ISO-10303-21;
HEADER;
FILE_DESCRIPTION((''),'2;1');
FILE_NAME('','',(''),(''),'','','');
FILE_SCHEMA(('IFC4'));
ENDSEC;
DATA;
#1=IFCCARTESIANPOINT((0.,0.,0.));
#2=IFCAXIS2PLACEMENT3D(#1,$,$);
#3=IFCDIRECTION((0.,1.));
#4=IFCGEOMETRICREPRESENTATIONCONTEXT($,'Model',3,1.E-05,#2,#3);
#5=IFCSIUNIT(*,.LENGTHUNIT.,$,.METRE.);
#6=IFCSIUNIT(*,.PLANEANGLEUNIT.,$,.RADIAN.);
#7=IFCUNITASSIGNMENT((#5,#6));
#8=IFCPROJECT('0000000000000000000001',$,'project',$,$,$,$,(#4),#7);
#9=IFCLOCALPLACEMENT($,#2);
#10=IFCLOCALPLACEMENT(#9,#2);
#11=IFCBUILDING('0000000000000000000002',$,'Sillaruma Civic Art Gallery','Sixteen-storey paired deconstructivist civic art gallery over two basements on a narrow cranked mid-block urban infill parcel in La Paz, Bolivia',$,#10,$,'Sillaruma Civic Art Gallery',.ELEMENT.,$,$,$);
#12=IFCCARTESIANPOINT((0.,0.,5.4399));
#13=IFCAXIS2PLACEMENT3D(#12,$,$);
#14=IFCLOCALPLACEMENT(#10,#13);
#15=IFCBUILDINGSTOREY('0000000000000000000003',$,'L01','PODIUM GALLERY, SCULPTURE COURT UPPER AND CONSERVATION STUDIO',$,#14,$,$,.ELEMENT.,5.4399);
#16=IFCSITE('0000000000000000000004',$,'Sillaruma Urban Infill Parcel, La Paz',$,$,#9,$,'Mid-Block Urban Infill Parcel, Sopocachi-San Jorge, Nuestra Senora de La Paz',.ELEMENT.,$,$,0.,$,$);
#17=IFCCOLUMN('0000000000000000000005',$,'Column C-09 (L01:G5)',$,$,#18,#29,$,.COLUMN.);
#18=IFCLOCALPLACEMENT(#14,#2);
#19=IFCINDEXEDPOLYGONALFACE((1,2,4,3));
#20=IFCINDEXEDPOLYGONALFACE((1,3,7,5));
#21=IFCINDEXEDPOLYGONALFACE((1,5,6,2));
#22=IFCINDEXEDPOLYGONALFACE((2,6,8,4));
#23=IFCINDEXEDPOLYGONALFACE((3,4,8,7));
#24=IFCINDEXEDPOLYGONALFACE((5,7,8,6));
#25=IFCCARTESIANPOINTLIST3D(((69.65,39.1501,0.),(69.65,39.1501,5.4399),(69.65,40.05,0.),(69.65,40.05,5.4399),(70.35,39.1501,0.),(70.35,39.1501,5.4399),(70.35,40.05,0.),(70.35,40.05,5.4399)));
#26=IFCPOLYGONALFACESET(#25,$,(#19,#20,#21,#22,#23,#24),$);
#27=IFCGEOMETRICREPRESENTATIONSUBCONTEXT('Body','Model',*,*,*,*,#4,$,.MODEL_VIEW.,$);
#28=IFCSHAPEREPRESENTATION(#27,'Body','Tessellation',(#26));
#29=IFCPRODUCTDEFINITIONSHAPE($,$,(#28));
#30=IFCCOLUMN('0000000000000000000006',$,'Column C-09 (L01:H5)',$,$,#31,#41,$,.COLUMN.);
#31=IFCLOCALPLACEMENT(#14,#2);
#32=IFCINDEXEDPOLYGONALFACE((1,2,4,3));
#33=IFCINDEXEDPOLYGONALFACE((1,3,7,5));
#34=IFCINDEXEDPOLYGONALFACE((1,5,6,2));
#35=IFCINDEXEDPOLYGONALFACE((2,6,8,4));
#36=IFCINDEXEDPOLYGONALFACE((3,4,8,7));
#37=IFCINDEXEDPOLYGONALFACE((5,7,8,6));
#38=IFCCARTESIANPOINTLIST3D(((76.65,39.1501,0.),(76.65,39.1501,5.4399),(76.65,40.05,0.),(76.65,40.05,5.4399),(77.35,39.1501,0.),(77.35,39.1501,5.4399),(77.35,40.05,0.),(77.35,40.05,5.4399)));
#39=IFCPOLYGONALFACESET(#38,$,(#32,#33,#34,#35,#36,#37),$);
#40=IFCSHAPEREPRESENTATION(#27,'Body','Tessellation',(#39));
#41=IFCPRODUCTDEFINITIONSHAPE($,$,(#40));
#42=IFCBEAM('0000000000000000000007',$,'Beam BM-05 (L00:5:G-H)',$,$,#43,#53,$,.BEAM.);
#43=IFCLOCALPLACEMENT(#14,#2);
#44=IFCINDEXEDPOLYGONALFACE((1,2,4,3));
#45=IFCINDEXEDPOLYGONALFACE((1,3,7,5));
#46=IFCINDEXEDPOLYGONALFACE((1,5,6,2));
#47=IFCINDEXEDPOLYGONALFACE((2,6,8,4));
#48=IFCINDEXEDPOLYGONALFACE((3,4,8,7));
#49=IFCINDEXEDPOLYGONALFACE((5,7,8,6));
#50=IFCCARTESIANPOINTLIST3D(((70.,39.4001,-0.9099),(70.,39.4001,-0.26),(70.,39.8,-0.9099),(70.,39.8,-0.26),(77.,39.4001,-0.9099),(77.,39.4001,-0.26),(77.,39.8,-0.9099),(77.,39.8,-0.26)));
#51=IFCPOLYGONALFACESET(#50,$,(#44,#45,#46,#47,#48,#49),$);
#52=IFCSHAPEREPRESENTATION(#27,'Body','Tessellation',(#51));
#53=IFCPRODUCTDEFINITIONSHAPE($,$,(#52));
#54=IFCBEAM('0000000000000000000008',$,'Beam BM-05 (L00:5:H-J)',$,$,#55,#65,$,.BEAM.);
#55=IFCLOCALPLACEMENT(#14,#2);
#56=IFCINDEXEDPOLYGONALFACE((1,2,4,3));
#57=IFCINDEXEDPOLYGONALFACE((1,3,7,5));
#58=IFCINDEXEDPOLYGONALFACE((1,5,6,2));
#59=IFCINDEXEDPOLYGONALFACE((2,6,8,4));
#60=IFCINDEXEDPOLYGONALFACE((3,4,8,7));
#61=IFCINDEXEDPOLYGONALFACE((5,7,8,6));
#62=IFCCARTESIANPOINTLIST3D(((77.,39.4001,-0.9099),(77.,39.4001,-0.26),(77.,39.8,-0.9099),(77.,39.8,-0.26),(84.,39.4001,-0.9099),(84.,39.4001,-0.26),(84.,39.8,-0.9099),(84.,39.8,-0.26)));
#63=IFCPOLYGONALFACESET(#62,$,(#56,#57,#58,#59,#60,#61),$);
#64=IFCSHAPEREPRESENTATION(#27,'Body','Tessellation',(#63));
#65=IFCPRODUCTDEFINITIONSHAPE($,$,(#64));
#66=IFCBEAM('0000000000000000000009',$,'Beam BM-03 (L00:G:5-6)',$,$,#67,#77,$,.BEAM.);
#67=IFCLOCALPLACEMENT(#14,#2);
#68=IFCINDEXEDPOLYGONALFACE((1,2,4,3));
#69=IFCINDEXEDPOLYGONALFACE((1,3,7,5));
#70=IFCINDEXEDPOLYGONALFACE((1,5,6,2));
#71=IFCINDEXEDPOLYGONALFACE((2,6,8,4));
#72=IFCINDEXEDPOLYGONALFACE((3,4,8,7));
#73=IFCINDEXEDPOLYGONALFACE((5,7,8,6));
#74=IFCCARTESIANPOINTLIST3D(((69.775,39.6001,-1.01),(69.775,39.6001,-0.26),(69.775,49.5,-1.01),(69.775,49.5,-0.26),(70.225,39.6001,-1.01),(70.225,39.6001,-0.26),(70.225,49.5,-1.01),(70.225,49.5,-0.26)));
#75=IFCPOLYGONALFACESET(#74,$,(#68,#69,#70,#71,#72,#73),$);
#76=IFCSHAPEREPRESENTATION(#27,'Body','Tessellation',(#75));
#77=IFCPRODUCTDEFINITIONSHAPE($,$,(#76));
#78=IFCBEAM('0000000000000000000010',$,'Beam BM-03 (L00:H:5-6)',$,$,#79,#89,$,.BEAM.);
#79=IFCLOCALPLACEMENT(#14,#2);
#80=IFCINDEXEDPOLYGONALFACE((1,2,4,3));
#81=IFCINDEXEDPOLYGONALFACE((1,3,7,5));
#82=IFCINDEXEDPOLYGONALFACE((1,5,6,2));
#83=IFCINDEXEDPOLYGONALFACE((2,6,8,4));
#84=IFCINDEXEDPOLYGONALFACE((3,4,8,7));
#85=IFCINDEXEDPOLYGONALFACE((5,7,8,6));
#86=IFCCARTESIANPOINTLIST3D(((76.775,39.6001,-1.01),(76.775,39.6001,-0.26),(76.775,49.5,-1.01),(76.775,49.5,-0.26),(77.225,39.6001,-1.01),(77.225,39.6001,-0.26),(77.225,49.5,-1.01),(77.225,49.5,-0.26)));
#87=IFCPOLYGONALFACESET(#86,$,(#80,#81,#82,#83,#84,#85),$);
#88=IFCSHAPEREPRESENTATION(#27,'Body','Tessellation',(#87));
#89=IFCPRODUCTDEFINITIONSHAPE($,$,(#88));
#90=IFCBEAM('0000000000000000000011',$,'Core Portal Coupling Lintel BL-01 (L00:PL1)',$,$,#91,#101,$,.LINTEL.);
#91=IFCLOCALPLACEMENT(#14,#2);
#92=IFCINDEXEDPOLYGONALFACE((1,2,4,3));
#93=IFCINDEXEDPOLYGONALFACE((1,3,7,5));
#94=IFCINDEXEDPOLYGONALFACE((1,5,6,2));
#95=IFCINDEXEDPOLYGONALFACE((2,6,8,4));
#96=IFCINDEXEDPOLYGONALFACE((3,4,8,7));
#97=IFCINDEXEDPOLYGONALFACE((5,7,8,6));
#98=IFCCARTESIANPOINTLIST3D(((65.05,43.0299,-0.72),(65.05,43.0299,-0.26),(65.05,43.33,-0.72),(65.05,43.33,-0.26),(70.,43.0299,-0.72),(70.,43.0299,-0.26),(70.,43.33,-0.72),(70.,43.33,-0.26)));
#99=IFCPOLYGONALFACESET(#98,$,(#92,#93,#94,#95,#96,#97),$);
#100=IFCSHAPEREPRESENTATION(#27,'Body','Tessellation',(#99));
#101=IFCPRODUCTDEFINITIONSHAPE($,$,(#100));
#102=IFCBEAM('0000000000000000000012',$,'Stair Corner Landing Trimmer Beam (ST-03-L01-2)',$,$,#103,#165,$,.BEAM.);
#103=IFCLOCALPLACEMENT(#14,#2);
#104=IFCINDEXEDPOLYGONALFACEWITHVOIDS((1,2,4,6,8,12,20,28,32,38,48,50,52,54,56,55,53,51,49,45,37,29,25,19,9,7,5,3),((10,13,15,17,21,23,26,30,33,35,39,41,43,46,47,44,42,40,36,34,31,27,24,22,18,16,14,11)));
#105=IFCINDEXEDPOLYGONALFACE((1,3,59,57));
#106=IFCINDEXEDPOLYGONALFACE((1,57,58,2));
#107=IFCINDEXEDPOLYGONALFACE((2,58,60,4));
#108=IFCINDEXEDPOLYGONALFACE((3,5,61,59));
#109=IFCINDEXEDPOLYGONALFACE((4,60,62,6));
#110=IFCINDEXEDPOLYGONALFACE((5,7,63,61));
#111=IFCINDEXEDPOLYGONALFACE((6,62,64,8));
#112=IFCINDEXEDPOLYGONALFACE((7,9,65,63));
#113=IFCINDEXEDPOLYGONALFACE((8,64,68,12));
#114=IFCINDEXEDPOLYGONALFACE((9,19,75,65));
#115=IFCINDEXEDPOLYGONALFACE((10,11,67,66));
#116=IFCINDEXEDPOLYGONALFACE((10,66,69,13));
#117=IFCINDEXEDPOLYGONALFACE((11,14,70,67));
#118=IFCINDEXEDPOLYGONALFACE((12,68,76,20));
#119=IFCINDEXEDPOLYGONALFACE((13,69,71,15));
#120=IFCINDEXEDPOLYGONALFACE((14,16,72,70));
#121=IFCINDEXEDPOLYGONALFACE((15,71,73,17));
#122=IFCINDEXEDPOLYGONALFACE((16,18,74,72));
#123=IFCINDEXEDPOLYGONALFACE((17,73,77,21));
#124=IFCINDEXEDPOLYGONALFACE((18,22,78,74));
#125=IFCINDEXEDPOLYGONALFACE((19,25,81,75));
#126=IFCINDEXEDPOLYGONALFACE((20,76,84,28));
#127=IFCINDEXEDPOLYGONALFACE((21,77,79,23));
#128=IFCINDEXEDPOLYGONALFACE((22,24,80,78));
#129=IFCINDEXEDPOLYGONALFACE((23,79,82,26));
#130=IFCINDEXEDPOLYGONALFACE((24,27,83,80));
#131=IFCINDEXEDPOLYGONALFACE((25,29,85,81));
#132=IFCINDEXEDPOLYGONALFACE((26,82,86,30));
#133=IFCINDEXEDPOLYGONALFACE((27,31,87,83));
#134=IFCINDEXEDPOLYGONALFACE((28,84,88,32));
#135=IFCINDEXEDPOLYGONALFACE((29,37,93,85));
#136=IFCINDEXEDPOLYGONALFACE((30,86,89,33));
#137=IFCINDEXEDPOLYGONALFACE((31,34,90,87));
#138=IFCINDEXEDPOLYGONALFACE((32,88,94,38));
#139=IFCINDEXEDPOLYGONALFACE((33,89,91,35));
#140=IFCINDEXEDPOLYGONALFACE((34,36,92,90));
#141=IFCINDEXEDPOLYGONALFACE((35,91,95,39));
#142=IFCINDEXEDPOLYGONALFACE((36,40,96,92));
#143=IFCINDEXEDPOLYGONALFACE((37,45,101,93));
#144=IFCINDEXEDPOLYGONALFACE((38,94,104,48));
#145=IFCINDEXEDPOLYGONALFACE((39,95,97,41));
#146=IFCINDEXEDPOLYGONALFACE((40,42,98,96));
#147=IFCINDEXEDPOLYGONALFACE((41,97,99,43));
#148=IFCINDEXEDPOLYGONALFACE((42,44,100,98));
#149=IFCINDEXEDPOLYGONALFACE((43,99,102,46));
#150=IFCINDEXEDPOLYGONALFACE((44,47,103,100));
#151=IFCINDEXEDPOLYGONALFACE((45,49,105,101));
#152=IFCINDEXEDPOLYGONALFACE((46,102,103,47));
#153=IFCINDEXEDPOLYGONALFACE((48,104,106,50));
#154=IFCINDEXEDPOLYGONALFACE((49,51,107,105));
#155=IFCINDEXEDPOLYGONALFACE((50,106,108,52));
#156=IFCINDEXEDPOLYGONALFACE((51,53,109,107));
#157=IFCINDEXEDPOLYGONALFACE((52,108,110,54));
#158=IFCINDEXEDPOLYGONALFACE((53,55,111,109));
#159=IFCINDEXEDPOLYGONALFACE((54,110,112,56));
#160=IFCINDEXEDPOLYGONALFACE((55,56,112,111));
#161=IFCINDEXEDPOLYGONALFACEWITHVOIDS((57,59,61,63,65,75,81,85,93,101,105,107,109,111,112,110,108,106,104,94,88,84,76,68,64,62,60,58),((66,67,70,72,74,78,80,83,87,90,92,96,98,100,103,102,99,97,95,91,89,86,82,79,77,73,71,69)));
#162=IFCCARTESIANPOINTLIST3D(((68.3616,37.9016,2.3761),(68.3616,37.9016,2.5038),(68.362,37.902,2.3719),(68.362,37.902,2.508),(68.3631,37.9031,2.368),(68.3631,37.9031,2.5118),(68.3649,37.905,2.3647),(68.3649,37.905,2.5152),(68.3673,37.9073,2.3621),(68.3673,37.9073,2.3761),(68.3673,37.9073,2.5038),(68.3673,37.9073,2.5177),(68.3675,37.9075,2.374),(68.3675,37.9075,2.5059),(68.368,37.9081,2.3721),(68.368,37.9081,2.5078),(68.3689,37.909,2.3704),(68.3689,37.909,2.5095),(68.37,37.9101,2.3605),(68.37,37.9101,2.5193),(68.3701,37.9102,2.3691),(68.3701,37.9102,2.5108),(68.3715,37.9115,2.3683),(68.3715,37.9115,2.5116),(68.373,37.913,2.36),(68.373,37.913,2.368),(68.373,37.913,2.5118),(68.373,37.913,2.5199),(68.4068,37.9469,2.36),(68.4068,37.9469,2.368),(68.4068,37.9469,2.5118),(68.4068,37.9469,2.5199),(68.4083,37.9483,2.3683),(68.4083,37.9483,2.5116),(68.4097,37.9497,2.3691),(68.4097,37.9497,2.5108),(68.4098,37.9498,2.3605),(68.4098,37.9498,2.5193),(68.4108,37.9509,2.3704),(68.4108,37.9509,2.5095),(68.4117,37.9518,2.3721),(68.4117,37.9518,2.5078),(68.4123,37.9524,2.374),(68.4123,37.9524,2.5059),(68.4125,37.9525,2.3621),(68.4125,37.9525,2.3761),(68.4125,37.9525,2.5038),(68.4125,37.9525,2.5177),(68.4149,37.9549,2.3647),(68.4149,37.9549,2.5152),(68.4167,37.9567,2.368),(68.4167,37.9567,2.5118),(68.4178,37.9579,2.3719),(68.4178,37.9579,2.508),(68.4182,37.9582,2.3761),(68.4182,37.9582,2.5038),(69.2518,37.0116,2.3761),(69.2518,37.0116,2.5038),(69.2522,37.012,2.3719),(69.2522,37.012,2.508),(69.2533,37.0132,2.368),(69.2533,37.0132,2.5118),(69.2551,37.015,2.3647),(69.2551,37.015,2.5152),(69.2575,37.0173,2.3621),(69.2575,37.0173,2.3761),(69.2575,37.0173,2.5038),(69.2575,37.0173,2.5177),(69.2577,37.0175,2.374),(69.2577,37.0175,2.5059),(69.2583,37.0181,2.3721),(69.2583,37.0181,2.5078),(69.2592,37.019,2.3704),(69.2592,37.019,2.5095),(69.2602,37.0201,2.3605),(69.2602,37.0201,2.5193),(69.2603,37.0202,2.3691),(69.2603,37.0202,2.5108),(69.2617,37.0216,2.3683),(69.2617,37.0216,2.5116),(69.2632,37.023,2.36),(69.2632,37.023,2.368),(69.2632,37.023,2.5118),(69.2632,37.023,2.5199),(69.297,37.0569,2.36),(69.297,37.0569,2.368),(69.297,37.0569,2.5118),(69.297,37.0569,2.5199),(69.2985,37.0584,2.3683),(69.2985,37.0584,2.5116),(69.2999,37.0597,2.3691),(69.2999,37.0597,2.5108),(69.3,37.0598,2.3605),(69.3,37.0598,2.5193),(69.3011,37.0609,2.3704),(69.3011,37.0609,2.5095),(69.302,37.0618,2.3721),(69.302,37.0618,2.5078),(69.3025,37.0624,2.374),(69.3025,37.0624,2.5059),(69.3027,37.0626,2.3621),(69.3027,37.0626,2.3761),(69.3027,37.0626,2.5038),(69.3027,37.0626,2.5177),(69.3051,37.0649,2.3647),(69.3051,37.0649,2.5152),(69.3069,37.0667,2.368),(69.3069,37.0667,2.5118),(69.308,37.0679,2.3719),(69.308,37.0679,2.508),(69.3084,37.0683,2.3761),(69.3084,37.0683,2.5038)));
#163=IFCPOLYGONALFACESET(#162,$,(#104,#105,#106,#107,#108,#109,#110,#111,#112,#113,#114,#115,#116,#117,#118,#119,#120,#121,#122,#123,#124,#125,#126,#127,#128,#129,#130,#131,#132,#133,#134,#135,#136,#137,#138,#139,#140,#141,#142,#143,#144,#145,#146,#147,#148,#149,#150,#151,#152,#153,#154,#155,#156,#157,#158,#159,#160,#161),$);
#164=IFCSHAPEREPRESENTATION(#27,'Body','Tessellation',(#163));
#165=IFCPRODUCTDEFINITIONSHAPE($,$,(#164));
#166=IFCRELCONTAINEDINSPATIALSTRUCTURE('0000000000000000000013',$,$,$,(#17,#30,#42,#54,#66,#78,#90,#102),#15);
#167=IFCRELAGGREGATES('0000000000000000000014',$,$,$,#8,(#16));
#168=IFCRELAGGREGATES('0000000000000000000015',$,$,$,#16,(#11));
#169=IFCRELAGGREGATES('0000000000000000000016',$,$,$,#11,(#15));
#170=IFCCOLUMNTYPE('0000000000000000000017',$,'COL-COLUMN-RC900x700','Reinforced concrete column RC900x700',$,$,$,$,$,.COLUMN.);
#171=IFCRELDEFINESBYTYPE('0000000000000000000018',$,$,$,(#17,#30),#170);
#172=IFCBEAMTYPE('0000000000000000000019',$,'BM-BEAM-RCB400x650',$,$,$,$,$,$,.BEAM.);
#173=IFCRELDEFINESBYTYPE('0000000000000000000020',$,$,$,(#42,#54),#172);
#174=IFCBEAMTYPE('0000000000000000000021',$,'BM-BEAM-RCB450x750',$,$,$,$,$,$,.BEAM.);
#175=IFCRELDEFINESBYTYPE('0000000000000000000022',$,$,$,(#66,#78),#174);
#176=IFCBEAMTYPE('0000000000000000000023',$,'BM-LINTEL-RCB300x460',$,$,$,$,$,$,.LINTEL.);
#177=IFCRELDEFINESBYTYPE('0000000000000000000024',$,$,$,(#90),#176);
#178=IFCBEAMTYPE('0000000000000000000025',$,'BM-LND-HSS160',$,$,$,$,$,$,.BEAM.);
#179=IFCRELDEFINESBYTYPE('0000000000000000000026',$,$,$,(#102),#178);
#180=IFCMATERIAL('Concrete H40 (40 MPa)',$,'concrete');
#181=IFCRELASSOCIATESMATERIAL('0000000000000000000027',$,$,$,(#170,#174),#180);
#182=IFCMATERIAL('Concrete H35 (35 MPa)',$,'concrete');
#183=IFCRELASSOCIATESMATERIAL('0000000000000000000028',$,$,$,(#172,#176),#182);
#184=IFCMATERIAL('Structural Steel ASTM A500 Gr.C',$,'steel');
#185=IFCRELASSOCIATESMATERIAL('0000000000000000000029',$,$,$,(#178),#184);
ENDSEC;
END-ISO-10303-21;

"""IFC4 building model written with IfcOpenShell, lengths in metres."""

from ifc_helpers import new_model, si_unit, direction, frame, origin, origin_2d, place, context, subcontext, project, spatial, rectangle, hollow_rectangle, extrude, material, material_profile, profile_set, type_object, element, save


model = new_model("IFC4")

# Units and contexts
model_context = context("Model", 3, precision=1e-05, world=origin(), true_north=direction((0.0, 1.0)))
body_context = subcontext(model_context, "Body", "Model", "MODEL_VIEW")
ifc_project = project(units=[si_unit("LENGTHUNIT", "METRE"), si_unit("PLANEANGLEUNIT", "RADIAN")], contexts=[model_context])

# Site, building, storey
site_placement = place(None, origin())
site = spatial("IfcSite", under=ifc_project, at=site_placement, Name="Sillaruma Urban Infill Parcel, La Paz", LongName="Mid-Block Urban Infill Parcel, Sopocachi-San Jorge, Nuestra Senora de La Paz", CompositionType="ELEMENT", RefElevation=0.0)
building_placement = place(site_placement, origin())
building = spatial("IfcBuilding", under=site, at=building_placement, Name="Sillaruma Civic Art Gallery", Description="Sixteen-storey paired deconstructivist civic art gallery over two basements on a narrow cranked mid-block urban infill parcel in La Paz, Bolivia", LongName="Sillaruma Civic Art Gallery", CompositionType="ELEMENT")
storey_placement = place(building_placement, frame((0.0, 0.0, 5.4399)))
storey = spatial("IfcBuildingStorey", under=building, at=storey_placement, Name="L01", Description="PODIUM GALLERY, SCULPTURE COURT UPPER AND CONSERVATION STUDIO", CompositionType="ELEMENT", Elevation=5.4399)

# Columns
ifc_material_1 = material(Name="Concrete H40 (40 MPa)", Category="concrete")
ifc_material_profile_1 = material_profile(ifc_material_1, rectangle(XDim=0.7, YDim=0.8999, at=origin_2d()), Name="RC900x700")
ifc_profile_set_1 = profile_set([ifc_material_profile_1], Name="Concrete H40 (40 MPa)")
column_type = type_object("IfcColumnType", Name="COL-COLUMN-RC900x700", Description="Reinforced concrete column RC900x700", PredefinedType="COLUMN", material=ifc_profile_set_1)
for number, where, z_axis, x_axis, name in (
    (1, (70.0, 39.6001, 0.0), (0.0, 0.0, 1.0), (1.0, 0.0, 0.0), "Column C-09 (L01:G5)"),
    (2, (77.0, 39.6001, 0.0), (0.0, 0.0, 1.0), (1.0, 0.0, 0.0), "Column C-09 (L01:H5)"),
):
    element("IfcColumn", number, at=place(storey_placement, frame(where, z_axis=z_axis, x_axis=x_axis)), inside=storey, type_object=column_type, Name=name, PredefinedType="COLUMN", context=body_context, shape_type="SweptSolid", body=[
        extrude(rectangle(XDim=0.7, YDim=0.8999, at=origin_2d()), origin(), (0.0, 0.0, 1.0), 5.4399),
    ])

# Beams
ifc_material_2 = material(Name="Concrete H35 (35 MPa)", Category="concrete")
ifc_material_profile_2 = material_profile(ifc_material_2, rectangle(XDim=0.3999, YDim=0.6499, at=origin_2d()), Name="RCB400x650")
ifc_profile_set_2 = profile_set([ifc_material_profile_2], Name="Concrete H35 (35 MPa)")
beam_type_1 = type_object("IfcBeamType", Name="BM-BEAM-RCB400x650", PredefinedType="BEAM", material=ifc_profile_set_2)
for number, where, z_axis, x_axis, name in (
    (3, (70.0, 39.6001, -0.585), (1.0, 0.0, 0.0), (0.0, 1.0, 0.0), "Beam BM-05 (L00:5:G-H)"),
    (4, (77.0, 39.6001, -0.585), (1.0, 0.0, 0.0), (0.0, 1.0, 0.0), "Beam BM-05 (L00:5:H-J)"),
):
    element("IfcBeam", number, at=place(storey_placement, frame(where, z_axis=z_axis, x_axis=x_axis)), inside=storey, type_object=beam_type_1, Name=name, PredefinedType="BEAM", context=body_context, shape_type="SweptSolid", body=[
        extrude(rectangle(XDim=0.3999, YDim=0.6499, at=origin_2d()), origin(), (0.0, 0.0, 1.0), 7.0),
    ])
ifc_material_profile_3 = material_profile(ifc_material_1, rectangle(XDim=0.45, YDim=0.75, at=origin_2d()), Name="RCB450x750")
ifc_profile_set_3 = profile_set([ifc_material_profile_3], Name="Concrete H40 (40 MPa)")
beam_type_2 = type_object("IfcBeamType", Name="BM-BEAM-RCB450x750", PredefinedType="BEAM", material=ifc_profile_set_3)
for number, where, z_axis, x_axis, name in (
    (5, (70.0, 39.6001, -0.635), (0.0, 1.0, 0.0), (-1.0, 0.0, 0.0), "Beam BM-03 (L00:G:5-6)"),
    (6, (77.0, 39.6001, -0.635), (0.0, 1.0, 0.0), (-1.0, 0.0, 0.0), "Beam BM-03 (L00:H:5-6)"),
):
    element("IfcBeam", number, at=place(storey_placement, frame(where, z_axis=z_axis, x_axis=x_axis)), inside=storey, type_object=beam_type_2, Name=name, PredefinedType="BEAM", context=body_context, shape_type="SweptSolid", body=[
        extrude(rectangle(XDim=0.45, YDim=0.75, at=origin_2d()), origin(), (0.0, 0.0, 1.0), 9.8999),
    ])
ifc_material_profile_4 = material_profile(ifc_material_2, rectangle(XDim=0.3, YDim=0.46, at=origin_2d()), Name="RCB300x460")
ifc_profile_set_4 = profile_set([ifc_material_profile_4], Name="Concrete H35 (35 MPa)")
beam_type_3 = type_object("IfcBeamType", Name="BM-LINTEL-RCB300x460", PredefinedType="LINTEL", material=ifc_profile_set_4)
beam_placement = place(storey_placement, frame((65.05, 43.1799, -0.49), z_axis=(1.0, 0.0, 0.0), x_axis=(0.0, 1.0, 0.0)))
element("IfcBeam", 7, at=beam_placement, inside=storey, type_object=beam_type_3, Name="Core Portal Coupling Lintel BL-01 (L00:PL1)", PredefinedType="LINTEL", context=body_context, shape_type="SweptSolid", body=[
    extrude(rectangle(XDim=0.3, YDim=0.46, at=origin_2d()), origin(), (0.0, 0.0, 1.0), 4.95),
])
ifc_material_3 = material(Name="Structural Steel ASTM A500 Gr.C", Category="steel")
ifc_material_profile_5 = material_profile(ifc_material_3, hollow_rectangle(XDim=0.0801, YDim=0.1599, WallThickness=0.0081, InnerFilletRadius=0.0081, OuterFilletRadius=0.0161, at=origin_2d()), Name="HSS160x80x8")
ifc_profile_set_5 = profile_set([ifc_material_profile_5], Name="Structural Steel ASTM A500 Gr.C")
beam_type_4 = type_object("IfcBeamType", Name="BM-LND-HSS160", PredefinedType="BEAM", material=ifc_profile_set_5)
for number, where, z_axis, x_axis, name in (
    (8, (68.3899, 37.9299, 2.4399), (0.707204, -0.70701, 0.0), (0.70701, 0.707204, 0.0), "Stair Corner Landing Trimmer Beam (ST-03-L01-2)"),
):
    element("IfcBeam", number, at=place(storey_placement, frame(where, z_axis=z_axis, x_axis=x_axis)), inside=storey, type_object=beam_type_4, Name=name, PredefinedType="BEAM", context=body_context, shape_type="SweptSolid", body=[
        extrude(hollow_rectangle(XDim=0.0801, YDim=0.1599, WallThickness=0.0081, InnerFilletRadius=0.0081, OuterFilletRadius=0.0161, at=origin_2d()), origin(), (0.0, 0.0, 1.0), 1.2588),
    ])

save(model, "model.ifc")
